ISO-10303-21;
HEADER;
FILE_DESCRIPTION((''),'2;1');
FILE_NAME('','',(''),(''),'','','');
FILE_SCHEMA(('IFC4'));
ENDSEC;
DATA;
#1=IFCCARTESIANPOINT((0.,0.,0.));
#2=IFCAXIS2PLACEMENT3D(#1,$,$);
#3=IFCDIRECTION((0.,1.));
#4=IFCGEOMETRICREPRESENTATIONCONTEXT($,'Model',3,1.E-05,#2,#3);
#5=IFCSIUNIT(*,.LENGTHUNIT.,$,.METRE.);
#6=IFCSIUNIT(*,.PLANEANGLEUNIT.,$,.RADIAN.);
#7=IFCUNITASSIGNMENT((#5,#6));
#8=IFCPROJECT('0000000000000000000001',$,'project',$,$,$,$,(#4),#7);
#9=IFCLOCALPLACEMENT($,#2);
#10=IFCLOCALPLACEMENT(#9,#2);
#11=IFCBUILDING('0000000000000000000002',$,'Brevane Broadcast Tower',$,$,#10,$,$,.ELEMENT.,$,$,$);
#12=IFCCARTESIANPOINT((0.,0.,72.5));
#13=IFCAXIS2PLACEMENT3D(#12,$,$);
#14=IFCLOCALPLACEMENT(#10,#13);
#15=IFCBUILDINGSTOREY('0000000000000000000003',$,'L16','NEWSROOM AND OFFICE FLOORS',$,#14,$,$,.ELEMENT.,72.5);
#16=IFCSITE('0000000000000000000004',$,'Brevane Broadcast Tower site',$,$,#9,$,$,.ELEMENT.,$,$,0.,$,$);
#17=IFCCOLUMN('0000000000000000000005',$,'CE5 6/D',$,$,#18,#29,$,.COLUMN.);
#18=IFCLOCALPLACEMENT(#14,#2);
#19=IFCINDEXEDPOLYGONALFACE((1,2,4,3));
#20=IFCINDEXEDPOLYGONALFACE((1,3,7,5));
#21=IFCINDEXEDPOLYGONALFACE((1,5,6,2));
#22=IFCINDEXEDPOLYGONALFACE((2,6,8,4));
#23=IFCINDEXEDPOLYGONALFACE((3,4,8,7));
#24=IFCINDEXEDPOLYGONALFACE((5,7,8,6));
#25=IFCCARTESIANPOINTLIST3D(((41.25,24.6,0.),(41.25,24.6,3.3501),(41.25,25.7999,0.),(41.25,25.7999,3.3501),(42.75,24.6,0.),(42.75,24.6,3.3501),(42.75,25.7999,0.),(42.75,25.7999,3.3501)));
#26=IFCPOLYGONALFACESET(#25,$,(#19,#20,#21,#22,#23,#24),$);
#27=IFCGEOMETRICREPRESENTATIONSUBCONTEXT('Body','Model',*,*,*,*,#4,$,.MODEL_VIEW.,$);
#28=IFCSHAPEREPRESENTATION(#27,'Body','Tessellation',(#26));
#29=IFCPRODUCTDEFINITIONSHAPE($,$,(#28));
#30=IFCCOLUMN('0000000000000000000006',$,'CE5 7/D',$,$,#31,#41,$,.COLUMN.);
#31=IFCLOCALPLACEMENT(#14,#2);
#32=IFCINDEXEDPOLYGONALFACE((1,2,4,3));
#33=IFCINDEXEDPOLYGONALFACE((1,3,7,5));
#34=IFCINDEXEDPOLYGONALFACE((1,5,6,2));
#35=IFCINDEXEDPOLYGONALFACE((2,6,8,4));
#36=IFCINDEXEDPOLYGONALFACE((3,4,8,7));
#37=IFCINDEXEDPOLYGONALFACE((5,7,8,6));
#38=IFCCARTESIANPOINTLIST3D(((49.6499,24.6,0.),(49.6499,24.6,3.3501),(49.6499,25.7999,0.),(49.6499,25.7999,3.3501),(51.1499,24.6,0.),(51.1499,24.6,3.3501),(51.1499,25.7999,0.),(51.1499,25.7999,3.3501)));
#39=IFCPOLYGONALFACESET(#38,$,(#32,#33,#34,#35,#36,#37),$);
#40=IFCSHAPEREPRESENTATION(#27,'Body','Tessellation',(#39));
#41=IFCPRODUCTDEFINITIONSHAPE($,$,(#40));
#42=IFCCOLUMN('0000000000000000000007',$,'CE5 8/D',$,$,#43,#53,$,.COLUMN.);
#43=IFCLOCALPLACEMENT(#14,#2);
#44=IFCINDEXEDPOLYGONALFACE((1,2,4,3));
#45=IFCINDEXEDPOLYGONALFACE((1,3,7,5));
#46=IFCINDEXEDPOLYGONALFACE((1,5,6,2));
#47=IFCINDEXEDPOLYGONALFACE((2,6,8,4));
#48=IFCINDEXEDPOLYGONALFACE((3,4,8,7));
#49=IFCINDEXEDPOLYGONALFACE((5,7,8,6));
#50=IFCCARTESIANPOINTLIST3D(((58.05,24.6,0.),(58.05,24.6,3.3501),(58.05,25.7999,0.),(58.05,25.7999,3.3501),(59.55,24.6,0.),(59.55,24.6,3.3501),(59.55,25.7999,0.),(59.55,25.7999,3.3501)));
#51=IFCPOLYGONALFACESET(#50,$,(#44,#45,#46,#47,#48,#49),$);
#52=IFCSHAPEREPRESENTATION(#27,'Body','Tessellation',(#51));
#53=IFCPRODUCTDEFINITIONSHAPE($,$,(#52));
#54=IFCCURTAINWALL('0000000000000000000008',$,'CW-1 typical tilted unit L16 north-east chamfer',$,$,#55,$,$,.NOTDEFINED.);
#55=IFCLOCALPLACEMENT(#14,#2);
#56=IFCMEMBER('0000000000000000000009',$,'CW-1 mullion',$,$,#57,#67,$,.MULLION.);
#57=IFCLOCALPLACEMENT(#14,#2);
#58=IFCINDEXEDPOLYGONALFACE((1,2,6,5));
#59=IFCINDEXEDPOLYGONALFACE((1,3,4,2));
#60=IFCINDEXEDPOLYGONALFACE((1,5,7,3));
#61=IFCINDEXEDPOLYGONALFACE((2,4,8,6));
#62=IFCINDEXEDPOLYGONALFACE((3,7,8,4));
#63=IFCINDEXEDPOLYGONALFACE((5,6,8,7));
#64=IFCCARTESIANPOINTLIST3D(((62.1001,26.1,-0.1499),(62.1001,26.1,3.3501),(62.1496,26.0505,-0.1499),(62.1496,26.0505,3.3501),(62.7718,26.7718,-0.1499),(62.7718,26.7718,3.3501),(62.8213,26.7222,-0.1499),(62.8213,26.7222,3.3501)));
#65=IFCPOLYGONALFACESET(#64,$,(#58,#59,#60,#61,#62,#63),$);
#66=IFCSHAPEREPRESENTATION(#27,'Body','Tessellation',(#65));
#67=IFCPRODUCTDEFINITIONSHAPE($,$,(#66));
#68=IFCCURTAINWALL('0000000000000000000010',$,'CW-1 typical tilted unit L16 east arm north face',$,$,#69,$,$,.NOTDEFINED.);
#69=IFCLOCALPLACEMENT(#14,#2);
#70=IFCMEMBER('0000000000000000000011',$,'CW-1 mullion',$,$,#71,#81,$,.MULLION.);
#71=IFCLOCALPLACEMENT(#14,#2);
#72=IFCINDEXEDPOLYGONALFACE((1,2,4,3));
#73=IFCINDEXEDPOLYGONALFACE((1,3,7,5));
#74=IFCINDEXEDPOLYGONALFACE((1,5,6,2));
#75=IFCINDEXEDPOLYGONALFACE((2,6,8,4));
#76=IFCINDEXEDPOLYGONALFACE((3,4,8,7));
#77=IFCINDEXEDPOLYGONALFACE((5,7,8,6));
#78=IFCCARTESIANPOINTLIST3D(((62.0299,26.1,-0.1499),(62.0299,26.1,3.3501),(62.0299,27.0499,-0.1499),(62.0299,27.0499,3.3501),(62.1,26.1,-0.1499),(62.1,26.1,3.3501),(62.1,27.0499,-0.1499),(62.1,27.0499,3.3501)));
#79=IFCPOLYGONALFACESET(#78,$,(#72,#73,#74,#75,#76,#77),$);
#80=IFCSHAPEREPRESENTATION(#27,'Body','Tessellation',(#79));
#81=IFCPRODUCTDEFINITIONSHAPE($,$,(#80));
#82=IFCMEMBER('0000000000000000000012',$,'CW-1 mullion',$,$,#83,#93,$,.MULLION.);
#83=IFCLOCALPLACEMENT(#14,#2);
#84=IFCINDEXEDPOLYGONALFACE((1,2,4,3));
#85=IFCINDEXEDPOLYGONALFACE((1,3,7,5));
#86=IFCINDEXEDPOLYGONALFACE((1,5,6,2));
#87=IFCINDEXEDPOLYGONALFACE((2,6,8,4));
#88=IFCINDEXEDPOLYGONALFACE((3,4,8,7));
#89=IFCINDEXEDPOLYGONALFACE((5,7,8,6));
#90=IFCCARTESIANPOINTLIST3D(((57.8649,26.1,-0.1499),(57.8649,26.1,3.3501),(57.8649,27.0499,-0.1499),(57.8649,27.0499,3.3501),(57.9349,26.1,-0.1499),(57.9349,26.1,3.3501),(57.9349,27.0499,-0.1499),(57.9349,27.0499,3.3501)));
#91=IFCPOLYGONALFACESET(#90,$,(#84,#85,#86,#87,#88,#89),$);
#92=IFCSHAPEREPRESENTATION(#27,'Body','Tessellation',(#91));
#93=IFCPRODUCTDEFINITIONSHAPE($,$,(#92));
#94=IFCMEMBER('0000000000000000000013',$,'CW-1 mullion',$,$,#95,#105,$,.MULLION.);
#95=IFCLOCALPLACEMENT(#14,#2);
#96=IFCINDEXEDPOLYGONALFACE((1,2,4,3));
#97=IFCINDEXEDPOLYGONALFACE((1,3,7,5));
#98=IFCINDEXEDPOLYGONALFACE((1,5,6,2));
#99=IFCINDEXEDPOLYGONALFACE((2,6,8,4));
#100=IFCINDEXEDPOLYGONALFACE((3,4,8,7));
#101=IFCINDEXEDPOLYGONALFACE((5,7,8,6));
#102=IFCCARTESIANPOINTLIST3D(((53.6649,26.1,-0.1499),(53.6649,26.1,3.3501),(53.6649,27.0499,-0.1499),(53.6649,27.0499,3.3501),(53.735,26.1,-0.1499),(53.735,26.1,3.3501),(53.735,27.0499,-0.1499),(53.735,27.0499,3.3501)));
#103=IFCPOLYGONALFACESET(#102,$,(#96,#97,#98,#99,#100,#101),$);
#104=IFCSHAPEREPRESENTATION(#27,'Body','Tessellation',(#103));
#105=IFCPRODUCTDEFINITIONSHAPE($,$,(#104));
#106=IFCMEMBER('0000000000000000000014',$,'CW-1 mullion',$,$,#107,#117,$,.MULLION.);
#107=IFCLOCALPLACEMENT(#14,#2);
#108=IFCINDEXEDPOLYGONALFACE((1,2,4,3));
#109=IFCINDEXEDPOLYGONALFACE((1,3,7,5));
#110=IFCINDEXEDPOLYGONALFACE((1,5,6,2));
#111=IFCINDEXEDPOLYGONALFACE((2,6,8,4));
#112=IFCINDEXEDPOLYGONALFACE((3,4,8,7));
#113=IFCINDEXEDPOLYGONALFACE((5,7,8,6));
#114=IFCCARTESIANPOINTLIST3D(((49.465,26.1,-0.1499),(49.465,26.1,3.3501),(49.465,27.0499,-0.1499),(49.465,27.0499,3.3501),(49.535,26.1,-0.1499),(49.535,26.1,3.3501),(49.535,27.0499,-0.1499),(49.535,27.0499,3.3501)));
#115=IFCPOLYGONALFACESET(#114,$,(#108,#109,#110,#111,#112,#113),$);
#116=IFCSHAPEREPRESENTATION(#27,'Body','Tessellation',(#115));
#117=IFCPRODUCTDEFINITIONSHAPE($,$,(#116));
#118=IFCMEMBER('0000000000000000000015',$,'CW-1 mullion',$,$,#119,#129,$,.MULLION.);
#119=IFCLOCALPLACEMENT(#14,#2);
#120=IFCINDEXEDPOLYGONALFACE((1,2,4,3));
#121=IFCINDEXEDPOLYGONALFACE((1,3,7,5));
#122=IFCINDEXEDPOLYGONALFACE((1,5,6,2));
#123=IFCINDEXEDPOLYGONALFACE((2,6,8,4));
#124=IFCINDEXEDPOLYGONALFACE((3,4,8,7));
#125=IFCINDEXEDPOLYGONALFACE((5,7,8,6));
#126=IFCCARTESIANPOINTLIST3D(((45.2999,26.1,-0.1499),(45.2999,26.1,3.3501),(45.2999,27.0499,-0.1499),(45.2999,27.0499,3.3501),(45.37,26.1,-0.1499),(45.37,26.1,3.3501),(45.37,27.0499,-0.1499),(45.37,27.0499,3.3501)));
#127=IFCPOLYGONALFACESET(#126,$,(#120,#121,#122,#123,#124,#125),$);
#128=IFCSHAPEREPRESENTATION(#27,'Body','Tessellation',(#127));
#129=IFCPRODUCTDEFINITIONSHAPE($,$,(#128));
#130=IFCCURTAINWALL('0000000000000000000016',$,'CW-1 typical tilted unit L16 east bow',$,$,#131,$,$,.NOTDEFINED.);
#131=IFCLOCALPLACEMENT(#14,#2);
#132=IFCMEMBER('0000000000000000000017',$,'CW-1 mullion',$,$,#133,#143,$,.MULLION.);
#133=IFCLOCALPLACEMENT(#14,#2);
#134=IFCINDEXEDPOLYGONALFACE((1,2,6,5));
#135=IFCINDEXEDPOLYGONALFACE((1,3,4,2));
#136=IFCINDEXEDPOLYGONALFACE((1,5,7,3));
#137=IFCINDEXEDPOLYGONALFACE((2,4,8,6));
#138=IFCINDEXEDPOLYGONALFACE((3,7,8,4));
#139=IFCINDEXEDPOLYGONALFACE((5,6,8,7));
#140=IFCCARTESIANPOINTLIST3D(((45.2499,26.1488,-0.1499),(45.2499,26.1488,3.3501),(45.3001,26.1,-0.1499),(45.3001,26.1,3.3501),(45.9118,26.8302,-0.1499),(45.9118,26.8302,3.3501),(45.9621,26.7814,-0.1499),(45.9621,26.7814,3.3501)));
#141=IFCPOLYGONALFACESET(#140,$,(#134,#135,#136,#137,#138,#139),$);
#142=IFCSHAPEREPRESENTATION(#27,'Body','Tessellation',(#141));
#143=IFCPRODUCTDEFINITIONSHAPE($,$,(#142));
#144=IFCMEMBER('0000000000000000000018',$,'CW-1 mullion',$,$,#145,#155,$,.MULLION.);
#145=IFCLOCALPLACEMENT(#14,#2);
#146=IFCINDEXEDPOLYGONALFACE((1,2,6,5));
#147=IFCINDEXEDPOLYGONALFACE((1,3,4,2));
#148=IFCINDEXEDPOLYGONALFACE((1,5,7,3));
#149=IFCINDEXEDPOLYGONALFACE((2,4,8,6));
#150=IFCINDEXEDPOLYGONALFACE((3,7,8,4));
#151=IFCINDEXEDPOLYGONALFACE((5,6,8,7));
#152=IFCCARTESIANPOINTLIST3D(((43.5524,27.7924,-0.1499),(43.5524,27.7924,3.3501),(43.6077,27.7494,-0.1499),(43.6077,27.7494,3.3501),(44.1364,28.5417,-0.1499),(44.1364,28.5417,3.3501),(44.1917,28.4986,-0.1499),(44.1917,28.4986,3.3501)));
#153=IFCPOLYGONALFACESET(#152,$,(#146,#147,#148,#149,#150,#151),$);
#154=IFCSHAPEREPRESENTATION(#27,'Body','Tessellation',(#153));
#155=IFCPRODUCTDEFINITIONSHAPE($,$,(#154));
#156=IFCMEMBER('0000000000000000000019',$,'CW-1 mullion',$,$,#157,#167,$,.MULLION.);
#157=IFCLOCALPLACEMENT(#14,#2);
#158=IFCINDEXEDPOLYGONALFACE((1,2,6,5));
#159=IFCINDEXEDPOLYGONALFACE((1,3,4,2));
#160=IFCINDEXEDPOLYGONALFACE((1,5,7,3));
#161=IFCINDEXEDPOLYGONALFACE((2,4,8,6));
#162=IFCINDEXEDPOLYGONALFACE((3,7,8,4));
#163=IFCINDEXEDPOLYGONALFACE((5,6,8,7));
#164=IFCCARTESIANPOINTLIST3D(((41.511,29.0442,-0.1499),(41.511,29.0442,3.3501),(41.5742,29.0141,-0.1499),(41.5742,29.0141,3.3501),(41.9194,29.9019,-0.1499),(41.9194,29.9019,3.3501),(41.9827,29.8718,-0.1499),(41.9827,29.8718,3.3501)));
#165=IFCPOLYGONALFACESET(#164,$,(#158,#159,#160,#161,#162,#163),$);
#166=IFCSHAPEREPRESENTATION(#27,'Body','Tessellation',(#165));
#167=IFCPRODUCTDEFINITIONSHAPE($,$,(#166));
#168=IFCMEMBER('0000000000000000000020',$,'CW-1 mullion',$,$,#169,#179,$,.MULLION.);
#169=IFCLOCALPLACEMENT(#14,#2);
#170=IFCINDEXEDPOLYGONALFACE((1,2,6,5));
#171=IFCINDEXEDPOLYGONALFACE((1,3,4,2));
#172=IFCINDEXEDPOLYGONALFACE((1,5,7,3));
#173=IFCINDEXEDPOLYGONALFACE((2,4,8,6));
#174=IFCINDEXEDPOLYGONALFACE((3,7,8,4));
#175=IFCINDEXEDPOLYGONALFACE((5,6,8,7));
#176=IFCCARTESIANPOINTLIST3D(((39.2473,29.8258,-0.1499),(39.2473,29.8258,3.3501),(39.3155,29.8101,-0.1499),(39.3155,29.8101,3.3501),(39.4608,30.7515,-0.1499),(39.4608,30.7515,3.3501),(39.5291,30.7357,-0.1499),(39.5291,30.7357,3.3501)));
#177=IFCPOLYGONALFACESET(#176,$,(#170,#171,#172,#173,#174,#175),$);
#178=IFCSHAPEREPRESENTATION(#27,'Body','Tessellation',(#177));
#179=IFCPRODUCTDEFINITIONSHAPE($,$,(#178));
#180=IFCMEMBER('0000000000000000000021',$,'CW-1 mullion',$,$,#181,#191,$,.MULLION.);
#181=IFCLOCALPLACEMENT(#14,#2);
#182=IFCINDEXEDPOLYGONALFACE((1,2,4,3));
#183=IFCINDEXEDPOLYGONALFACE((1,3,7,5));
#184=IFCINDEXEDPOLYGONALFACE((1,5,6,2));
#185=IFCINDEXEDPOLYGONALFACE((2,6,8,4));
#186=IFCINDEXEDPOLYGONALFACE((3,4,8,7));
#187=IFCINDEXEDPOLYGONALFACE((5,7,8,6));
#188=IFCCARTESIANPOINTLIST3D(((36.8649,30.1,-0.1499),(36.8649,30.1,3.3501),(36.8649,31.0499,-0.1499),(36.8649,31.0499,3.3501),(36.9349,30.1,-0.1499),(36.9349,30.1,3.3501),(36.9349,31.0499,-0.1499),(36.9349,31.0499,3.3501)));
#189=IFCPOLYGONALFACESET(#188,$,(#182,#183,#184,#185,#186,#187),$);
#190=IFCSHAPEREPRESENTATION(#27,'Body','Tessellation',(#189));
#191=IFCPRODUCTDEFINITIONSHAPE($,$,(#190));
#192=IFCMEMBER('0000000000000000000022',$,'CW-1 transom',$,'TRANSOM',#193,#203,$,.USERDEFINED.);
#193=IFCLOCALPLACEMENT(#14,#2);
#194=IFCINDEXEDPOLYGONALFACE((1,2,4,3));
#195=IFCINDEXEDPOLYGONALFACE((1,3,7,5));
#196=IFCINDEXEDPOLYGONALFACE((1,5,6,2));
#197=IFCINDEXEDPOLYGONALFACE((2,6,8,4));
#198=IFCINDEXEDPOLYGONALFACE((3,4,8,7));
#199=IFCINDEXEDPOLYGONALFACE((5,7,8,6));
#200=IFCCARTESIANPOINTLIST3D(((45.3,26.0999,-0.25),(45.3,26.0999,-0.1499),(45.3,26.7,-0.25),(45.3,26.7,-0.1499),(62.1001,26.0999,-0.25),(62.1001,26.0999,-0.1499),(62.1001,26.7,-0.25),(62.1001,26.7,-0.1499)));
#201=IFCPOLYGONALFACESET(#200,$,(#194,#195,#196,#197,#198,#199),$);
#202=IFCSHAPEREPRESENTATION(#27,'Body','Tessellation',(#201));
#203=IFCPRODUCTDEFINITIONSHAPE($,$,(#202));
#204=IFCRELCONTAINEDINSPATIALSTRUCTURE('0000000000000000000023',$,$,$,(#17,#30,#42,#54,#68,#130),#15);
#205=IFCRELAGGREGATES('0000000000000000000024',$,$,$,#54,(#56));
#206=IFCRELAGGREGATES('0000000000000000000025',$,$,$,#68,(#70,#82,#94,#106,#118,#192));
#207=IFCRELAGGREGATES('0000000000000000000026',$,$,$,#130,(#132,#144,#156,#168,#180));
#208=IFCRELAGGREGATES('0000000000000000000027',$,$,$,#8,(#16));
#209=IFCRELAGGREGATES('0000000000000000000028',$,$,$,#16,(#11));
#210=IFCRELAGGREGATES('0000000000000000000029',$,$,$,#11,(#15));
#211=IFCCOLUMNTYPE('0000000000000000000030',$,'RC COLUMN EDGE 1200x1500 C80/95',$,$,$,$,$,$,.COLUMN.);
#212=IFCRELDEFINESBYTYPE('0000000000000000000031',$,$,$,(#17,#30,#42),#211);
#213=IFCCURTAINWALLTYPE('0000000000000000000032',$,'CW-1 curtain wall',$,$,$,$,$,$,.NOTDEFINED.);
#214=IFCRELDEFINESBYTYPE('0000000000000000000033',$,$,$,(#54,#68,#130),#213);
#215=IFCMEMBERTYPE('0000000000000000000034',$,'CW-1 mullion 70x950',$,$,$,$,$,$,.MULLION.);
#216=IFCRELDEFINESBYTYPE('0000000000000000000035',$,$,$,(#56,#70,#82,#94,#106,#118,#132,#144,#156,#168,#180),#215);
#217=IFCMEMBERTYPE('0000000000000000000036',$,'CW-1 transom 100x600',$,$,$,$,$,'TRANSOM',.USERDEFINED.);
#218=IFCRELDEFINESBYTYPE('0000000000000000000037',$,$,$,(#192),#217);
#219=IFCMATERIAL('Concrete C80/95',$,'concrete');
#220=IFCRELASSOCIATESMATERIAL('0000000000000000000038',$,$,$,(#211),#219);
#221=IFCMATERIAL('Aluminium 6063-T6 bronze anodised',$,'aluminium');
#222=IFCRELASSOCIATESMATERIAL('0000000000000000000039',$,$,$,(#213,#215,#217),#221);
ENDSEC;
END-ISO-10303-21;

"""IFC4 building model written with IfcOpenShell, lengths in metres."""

from ifc_helpers import new_model, si_unit, direction, frame, origin, origin_2d, place, context, subcontext, project, spatial, rectangle, extrude, material, material_profile, profile_set, type_object, element, aggregate, save


model = new_model("IFC4")

# Units and contexts
model_context = context("Model", 3, precision=1e-05, world=origin(), true_north=direction((0.0, 1.0)))
body_context = subcontext(model_context, "Body", "Model", "MODEL_VIEW")
ifc_project = project(units=[si_unit("LENGTHUNIT", "METRE"), si_unit("PLANEANGLEUNIT", "RADIAN")], contexts=[model_context])

# Site, building, storey
site_placement = place(None, origin())
site = spatial("IfcSite", under=ifc_project, at=site_placement, Name="Brevane Broadcast Tower site", CompositionType="ELEMENT", RefElevation=0.0)
building_placement = place(site_placement, origin())
building = spatial("IfcBuilding", under=site, at=building_placement, Name="Brevane Broadcast Tower", CompositionType="ELEMENT")
storey_placement = place(building_placement, frame((0.0, 0.0, 72.5)))
storey = spatial("IfcBuildingStorey", under=building, at=storey_placement, Name="L16", Description="NEWSROOM AND OFFICE FLOORS", CompositionType="ELEMENT", Elevation=72.5)

# Columns
ifc_material_1 = material(Name="Concrete C80/95", Category="concrete")
ifc_material_profile_1 = material_profile(ifc_material_1, rectangle(XDim=1.2, YDim=1.5, at=origin_2d()), Name="RC 1200x1500")
ifc_profile_set_1 = profile_set([ifc_material_profile_1], Name="Concrete C80/95")
column_type = type_object("IfcColumnType", Name="RC COLUMN EDGE 1200x1500 C80/95", PredefinedType="COLUMN", material=ifc_profile_set_1)
for number, where, z_axis, x_axis, name in (
    (1, (42.0, 25.2, 0.0), (0.0, 0.0, 1.0), (0.0, 1.0, 0.0), "CE5 6/D"),
    (2, (50.3999, 25.2, 0.0), (0.0, 0.0, 1.0), (0.0, 1.0, 0.0), "CE5 7/D"),
    (3, (58.8, 25.2, 0.0), (0.0, 0.0, 1.0), (0.0, 1.0, 0.0), "CE5 8/D"),
):
    element("IfcColumn", number, at=place(storey_placement, frame(where, z_axis=z_axis, x_axis=x_axis)), inside=storey, type_object=column_type, Name=name, PredefinedType="COLUMN", context=body_context, shape_type="SweptSolid", body=[
        extrude(rectangle(XDim=1.2, YDim=1.5, at=origin_2d()), origin(), (0.0, 0.0, 1.0), 3.3501),
    ])

# Curtain wall, member
ifc_material_2 = material(Name="Aluminium 6063-T6 bronze anodised", Category="aluminium")
curtain_wall_type = type_object("IfcCurtainWallType", Name="CW-1 curtain wall", PredefinedType="NOTDEFINED", material=ifc_material_2)
curtain_wall_1_placement = place(storey_placement, origin())
curtain_wall_1 = element("IfcCurtainWall", 4, at=curtain_wall_1_placement, inside=storey, type_object=curtain_wall_type, Name="CW-1 typical tilted unit L16 north-east chamfer", PredefinedType="NOTDEFINED")
ifc_material_profile_2 = material_profile(ifc_material_2, rectangle(XDim=0.95, YDim=0.0701, at=origin_2d()), Name="RECT 70x950")
ifc_profile_set_2 = profile_set([ifc_material_profile_2], Name="Aluminium 6063-T6 bronze anodised")
member_type_1 = type_object("IfcMemberType", Name="CW-1 mullion 70x950", PredefinedType="MULLION", material=ifc_profile_set_2)
member_1_placement = place(storey_placement, frame((62.4607, 26.4111, -0.1499), z_axis=(0.0, 0.0, 1.0), x_axis=(-0.707107, -0.707107, 0.0)))
member_1 = element("IfcMember", 5, at=member_1_placement, type_object=member_type_1, Name="CW-1 mullion", PredefinedType="MULLION", context=body_context, shape_type="SweptSolid", body=[
    extrude(rectangle(XDim=0.95, YDim=0.0701, at=origin_2d()), origin(), (0.0, 0.0, 1.0), 3.5),
])
aggregate(curtain_wall_1, [member_1])

# Curtain walls, members
curtain_wall_2_placement = place(storey_placement, origin())
curtain_wall_2 = element("IfcCurtainWall", 6, at=curtain_wall_2_placement, inside=storey, type_object=curtain_wall_type, Name="CW-1 typical tilted unit L16 east arm north face", PredefinedType="NOTDEFINED")
member_2_placement = place(storey_placement, frame((62.0649, 26.575, -0.1499), z_axis=(0.0, 0.0, 1.0), x_axis=(0.0, -1.0, 0.0)))
member_2 = element("IfcMember", 7, at=member_2_placement, type_object=member_type_1, Name="CW-1 mullion", PredefinedType="MULLION", context=body_context, shape_type="SweptSolid", body=[
    extrude(rectangle(XDim=0.95, YDim=0.0701, at=origin_2d()), origin(), (0.0, 0.0, 1.0), 3.5),
])
member_3_placement = place(storey_placement, frame((57.8999, 26.575, -0.1499), z_axis=(0.0, 0.0, 1.0), x_axis=(0.0, -1.0, 0.0)))
member_3 = element("IfcMember", 8, at=member_3_placement, type_object=member_type_1, Name="CW-1 mullion", PredefinedType="MULLION", context=body_context, shape_type="SweptSolid", body=[
    extrude(rectangle(XDim=0.95, YDim=0.0701, at=origin_2d()), origin(), (0.0, 0.0, 1.0), 3.5),
])
member_4_placement = place(storey_placement, frame((53.7, 26.575, -0.1499), z_axis=(0.0, 0.0, 1.0), x_axis=(0.0, -1.0, 0.0)))
member_4 = element("IfcMember", 9, at=member_4_placement, type_object=member_type_1, Name="CW-1 mullion", PredefinedType="MULLION", context=body_context, shape_type="SweptSolid", body=[
    extrude(rectangle(XDim=0.95, YDim=0.0701, at=origin_2d()), origin(), (0.0, 0.0, 1.0), 3.5),
])
member_5_placement = place(storey_placement, frame((49.5, 26.575, -0.1499), z_axis=(0.0, 0.0, 1.0), x_axis=(0.0, -1.0, 0.0)))
member_5 = element("IfcMember", 10, at=member_5_placement, type_object=member_type_1, Name="CW-1 mullion", PredefinedType="MULLION", context=body_context, shape_type="SweptSolid", body=[
    extrude(rectangle(XDim=0.95, YDim=0.0701, at=origin_2d()), origin(), (0.0, 0.0, 1.0), 3.5),
])
member_6_placement = place(storey_placement, frame((45.335, 26.575, -0.1499), z_axis=(0.0, 0.0, 1.0), x_axis=(0.0, -1.0, 0.0)))
member_6 = element("IfcMember", 11, at=member_6_placement, type_object=member_type_1, Name="CW-1 mullion", PredefinedType="MULLION", context=body_context, shape_type="SweptSolid", body=[
    extrude(rectangle(XDim=0.95, YDim=0.0701, at=origin_2d()), origin(), (0.0, 0.0, 1.0), 3.5),
])
curtain_wall_3_placement = place(storey_placement, origin())
curtain_wall_3 = element("IfcCurtainWall", 12, at=curtain_wall_3_placement, inside=storey, type_object=curtain_wall_type, Name="CW-1 typical tilted unit L16 east bow", PredefinedType="NOTDEFINED")
member_7_placement = place(storey_placement, frame((45.606, 26.4651, -0.1499), z_axis=(0.0, 0.0, 1.0), x_axis=(-0.696812, -0.717254, 0.0)))
member_7 = element("IfcMember", 13, at=member_7_placement, type_object=member_type_1, Name="CW-1 mullion", PredefinedType="MULLION", context=body_context, shape_type="SweptSolid", body=[
    extrude(rectangle(XDim=0.95, YDim=0.0701, at=origin_2d()), origin(), (0.0, 0.0, 1.0), 3.5),
])
member_8_placement = place(storey_placement, frame((43.8721, 28.1455, -0.1499), z_axis=(0.0, 0.0, 1.0), x_axis=(-0.61477, -0.788707, 0.0)))
member_8 = element("IfcMember", 14, at=member_8_placement, type_object=member_type_1, Name="CW-1 mullion", PredefinedType="MULLION", context=body_context, shape_type="SweptSolid", body=[
    extrude(rectangle(XDim=0.95, YDim=0.0701, at=origin_2d()), origin(), (0.0, 0.0, 1.0), 3.5),
])
member_9_placement = place(storey_placement, frame((41.7468, 29.458, -0.1499), z_axis=(0.0, 0.0, 1.0), x_axis=(-0.429934, -0.902861, 0.0)))
member_9 = element("IfcMember", 15, at=member_9_placement, type_object=member_type_1, Name="CW-1 mullion", PredefinedType="MULLION", context=body_context, shape_type="SweptSolid", body=[
    extrude(rectangle(XDim=0.95, YDim=0.0701, at=origin_2d()), origin(), (0.0, 0.0, 1.0), 3.5),
])
member_10_placement = place(storey_placement, frame((39.3882, 30.2808, -0.1499), z_axis=(0.0, 0.0, 1.0), x_axis=(-0.224806, -0.974403, 0.0)))
member_10 = element("IfcMember", 16, at=member_10_placement, type_object=member_type_1, Name="CW-1 mullion", PredefinedType="MULLION", context=body_context, shape_type="SweptSolid", body=[
    extrude(rectangle(XDim=0.95, YDim=0.0701, at=origin_2d()), origin(), (0.0, 0.0, 1.0), 3.5),
])
member_11_placement = place(storey_placement, frame((36.8999, 30.575, -0.1499), z_axis=(0.0, 0.0, 1.0), x_axis=(0.0, -1.0, 0.0)))
member_11 = element("IfcMember", 17, at=member_11_placement, type_object=member_type_1, Name="CW-1 mullion", PredefinedType="MULLION", context=body_context, shape_type="SweptSolid", body=[
    extrude(rectangle(XDim=0.95, YDim=0.0701, at=origin_2d()), origin(), (0.0, 0.0, 1.0), 3.5),
])

# Member
ifc_material_profile_3 = material_profile(ifc_material_2, rectangle(XDim=0.6001, YDim=0.1001, at=origin_2d()), Name="RECT 100x600")
ifc_profile_set_3 = profile_set([ifc_material_profile_3], Name="Aluminium 6063-T6 bronze anodised")
member_type_2 = type_object("IfcMemberType", Name="CW-1 transom 100x600", ElementType="TRANSOM", PredefinedType="USERDEFINED", material=ifc_profile_set_3)
member_12_placement = place(storey_placement, frame((62.1001, 26.3999, -0.2), z_axis=(-1.0, 0.0, 0.0), x_axis=(0.0, -1.0, 0.0)))
member_12 = element("IfcMember", 18, at=member_12_placement, type_object=member_type_2, Name="CW-1 transom", ObjectType="TRANSOM", PredefinedType="USERDEFINED", context=body_context, shape_type="SweptSolid", body=[
    extrude(rectangle(XDim=0.6001, YDim=0.1001, at=origin_2d()), origin(), (0.0, 0.0, 1.0), 16.8),
])
aggregate(curtain_wall_2, [member_2, member_3, member_4, member_5, member_6, member_12])
aggregate(curtain_wall_3, [member_7, member_8, member_9, member_10, member_11])

save(model, "model.ifc")
